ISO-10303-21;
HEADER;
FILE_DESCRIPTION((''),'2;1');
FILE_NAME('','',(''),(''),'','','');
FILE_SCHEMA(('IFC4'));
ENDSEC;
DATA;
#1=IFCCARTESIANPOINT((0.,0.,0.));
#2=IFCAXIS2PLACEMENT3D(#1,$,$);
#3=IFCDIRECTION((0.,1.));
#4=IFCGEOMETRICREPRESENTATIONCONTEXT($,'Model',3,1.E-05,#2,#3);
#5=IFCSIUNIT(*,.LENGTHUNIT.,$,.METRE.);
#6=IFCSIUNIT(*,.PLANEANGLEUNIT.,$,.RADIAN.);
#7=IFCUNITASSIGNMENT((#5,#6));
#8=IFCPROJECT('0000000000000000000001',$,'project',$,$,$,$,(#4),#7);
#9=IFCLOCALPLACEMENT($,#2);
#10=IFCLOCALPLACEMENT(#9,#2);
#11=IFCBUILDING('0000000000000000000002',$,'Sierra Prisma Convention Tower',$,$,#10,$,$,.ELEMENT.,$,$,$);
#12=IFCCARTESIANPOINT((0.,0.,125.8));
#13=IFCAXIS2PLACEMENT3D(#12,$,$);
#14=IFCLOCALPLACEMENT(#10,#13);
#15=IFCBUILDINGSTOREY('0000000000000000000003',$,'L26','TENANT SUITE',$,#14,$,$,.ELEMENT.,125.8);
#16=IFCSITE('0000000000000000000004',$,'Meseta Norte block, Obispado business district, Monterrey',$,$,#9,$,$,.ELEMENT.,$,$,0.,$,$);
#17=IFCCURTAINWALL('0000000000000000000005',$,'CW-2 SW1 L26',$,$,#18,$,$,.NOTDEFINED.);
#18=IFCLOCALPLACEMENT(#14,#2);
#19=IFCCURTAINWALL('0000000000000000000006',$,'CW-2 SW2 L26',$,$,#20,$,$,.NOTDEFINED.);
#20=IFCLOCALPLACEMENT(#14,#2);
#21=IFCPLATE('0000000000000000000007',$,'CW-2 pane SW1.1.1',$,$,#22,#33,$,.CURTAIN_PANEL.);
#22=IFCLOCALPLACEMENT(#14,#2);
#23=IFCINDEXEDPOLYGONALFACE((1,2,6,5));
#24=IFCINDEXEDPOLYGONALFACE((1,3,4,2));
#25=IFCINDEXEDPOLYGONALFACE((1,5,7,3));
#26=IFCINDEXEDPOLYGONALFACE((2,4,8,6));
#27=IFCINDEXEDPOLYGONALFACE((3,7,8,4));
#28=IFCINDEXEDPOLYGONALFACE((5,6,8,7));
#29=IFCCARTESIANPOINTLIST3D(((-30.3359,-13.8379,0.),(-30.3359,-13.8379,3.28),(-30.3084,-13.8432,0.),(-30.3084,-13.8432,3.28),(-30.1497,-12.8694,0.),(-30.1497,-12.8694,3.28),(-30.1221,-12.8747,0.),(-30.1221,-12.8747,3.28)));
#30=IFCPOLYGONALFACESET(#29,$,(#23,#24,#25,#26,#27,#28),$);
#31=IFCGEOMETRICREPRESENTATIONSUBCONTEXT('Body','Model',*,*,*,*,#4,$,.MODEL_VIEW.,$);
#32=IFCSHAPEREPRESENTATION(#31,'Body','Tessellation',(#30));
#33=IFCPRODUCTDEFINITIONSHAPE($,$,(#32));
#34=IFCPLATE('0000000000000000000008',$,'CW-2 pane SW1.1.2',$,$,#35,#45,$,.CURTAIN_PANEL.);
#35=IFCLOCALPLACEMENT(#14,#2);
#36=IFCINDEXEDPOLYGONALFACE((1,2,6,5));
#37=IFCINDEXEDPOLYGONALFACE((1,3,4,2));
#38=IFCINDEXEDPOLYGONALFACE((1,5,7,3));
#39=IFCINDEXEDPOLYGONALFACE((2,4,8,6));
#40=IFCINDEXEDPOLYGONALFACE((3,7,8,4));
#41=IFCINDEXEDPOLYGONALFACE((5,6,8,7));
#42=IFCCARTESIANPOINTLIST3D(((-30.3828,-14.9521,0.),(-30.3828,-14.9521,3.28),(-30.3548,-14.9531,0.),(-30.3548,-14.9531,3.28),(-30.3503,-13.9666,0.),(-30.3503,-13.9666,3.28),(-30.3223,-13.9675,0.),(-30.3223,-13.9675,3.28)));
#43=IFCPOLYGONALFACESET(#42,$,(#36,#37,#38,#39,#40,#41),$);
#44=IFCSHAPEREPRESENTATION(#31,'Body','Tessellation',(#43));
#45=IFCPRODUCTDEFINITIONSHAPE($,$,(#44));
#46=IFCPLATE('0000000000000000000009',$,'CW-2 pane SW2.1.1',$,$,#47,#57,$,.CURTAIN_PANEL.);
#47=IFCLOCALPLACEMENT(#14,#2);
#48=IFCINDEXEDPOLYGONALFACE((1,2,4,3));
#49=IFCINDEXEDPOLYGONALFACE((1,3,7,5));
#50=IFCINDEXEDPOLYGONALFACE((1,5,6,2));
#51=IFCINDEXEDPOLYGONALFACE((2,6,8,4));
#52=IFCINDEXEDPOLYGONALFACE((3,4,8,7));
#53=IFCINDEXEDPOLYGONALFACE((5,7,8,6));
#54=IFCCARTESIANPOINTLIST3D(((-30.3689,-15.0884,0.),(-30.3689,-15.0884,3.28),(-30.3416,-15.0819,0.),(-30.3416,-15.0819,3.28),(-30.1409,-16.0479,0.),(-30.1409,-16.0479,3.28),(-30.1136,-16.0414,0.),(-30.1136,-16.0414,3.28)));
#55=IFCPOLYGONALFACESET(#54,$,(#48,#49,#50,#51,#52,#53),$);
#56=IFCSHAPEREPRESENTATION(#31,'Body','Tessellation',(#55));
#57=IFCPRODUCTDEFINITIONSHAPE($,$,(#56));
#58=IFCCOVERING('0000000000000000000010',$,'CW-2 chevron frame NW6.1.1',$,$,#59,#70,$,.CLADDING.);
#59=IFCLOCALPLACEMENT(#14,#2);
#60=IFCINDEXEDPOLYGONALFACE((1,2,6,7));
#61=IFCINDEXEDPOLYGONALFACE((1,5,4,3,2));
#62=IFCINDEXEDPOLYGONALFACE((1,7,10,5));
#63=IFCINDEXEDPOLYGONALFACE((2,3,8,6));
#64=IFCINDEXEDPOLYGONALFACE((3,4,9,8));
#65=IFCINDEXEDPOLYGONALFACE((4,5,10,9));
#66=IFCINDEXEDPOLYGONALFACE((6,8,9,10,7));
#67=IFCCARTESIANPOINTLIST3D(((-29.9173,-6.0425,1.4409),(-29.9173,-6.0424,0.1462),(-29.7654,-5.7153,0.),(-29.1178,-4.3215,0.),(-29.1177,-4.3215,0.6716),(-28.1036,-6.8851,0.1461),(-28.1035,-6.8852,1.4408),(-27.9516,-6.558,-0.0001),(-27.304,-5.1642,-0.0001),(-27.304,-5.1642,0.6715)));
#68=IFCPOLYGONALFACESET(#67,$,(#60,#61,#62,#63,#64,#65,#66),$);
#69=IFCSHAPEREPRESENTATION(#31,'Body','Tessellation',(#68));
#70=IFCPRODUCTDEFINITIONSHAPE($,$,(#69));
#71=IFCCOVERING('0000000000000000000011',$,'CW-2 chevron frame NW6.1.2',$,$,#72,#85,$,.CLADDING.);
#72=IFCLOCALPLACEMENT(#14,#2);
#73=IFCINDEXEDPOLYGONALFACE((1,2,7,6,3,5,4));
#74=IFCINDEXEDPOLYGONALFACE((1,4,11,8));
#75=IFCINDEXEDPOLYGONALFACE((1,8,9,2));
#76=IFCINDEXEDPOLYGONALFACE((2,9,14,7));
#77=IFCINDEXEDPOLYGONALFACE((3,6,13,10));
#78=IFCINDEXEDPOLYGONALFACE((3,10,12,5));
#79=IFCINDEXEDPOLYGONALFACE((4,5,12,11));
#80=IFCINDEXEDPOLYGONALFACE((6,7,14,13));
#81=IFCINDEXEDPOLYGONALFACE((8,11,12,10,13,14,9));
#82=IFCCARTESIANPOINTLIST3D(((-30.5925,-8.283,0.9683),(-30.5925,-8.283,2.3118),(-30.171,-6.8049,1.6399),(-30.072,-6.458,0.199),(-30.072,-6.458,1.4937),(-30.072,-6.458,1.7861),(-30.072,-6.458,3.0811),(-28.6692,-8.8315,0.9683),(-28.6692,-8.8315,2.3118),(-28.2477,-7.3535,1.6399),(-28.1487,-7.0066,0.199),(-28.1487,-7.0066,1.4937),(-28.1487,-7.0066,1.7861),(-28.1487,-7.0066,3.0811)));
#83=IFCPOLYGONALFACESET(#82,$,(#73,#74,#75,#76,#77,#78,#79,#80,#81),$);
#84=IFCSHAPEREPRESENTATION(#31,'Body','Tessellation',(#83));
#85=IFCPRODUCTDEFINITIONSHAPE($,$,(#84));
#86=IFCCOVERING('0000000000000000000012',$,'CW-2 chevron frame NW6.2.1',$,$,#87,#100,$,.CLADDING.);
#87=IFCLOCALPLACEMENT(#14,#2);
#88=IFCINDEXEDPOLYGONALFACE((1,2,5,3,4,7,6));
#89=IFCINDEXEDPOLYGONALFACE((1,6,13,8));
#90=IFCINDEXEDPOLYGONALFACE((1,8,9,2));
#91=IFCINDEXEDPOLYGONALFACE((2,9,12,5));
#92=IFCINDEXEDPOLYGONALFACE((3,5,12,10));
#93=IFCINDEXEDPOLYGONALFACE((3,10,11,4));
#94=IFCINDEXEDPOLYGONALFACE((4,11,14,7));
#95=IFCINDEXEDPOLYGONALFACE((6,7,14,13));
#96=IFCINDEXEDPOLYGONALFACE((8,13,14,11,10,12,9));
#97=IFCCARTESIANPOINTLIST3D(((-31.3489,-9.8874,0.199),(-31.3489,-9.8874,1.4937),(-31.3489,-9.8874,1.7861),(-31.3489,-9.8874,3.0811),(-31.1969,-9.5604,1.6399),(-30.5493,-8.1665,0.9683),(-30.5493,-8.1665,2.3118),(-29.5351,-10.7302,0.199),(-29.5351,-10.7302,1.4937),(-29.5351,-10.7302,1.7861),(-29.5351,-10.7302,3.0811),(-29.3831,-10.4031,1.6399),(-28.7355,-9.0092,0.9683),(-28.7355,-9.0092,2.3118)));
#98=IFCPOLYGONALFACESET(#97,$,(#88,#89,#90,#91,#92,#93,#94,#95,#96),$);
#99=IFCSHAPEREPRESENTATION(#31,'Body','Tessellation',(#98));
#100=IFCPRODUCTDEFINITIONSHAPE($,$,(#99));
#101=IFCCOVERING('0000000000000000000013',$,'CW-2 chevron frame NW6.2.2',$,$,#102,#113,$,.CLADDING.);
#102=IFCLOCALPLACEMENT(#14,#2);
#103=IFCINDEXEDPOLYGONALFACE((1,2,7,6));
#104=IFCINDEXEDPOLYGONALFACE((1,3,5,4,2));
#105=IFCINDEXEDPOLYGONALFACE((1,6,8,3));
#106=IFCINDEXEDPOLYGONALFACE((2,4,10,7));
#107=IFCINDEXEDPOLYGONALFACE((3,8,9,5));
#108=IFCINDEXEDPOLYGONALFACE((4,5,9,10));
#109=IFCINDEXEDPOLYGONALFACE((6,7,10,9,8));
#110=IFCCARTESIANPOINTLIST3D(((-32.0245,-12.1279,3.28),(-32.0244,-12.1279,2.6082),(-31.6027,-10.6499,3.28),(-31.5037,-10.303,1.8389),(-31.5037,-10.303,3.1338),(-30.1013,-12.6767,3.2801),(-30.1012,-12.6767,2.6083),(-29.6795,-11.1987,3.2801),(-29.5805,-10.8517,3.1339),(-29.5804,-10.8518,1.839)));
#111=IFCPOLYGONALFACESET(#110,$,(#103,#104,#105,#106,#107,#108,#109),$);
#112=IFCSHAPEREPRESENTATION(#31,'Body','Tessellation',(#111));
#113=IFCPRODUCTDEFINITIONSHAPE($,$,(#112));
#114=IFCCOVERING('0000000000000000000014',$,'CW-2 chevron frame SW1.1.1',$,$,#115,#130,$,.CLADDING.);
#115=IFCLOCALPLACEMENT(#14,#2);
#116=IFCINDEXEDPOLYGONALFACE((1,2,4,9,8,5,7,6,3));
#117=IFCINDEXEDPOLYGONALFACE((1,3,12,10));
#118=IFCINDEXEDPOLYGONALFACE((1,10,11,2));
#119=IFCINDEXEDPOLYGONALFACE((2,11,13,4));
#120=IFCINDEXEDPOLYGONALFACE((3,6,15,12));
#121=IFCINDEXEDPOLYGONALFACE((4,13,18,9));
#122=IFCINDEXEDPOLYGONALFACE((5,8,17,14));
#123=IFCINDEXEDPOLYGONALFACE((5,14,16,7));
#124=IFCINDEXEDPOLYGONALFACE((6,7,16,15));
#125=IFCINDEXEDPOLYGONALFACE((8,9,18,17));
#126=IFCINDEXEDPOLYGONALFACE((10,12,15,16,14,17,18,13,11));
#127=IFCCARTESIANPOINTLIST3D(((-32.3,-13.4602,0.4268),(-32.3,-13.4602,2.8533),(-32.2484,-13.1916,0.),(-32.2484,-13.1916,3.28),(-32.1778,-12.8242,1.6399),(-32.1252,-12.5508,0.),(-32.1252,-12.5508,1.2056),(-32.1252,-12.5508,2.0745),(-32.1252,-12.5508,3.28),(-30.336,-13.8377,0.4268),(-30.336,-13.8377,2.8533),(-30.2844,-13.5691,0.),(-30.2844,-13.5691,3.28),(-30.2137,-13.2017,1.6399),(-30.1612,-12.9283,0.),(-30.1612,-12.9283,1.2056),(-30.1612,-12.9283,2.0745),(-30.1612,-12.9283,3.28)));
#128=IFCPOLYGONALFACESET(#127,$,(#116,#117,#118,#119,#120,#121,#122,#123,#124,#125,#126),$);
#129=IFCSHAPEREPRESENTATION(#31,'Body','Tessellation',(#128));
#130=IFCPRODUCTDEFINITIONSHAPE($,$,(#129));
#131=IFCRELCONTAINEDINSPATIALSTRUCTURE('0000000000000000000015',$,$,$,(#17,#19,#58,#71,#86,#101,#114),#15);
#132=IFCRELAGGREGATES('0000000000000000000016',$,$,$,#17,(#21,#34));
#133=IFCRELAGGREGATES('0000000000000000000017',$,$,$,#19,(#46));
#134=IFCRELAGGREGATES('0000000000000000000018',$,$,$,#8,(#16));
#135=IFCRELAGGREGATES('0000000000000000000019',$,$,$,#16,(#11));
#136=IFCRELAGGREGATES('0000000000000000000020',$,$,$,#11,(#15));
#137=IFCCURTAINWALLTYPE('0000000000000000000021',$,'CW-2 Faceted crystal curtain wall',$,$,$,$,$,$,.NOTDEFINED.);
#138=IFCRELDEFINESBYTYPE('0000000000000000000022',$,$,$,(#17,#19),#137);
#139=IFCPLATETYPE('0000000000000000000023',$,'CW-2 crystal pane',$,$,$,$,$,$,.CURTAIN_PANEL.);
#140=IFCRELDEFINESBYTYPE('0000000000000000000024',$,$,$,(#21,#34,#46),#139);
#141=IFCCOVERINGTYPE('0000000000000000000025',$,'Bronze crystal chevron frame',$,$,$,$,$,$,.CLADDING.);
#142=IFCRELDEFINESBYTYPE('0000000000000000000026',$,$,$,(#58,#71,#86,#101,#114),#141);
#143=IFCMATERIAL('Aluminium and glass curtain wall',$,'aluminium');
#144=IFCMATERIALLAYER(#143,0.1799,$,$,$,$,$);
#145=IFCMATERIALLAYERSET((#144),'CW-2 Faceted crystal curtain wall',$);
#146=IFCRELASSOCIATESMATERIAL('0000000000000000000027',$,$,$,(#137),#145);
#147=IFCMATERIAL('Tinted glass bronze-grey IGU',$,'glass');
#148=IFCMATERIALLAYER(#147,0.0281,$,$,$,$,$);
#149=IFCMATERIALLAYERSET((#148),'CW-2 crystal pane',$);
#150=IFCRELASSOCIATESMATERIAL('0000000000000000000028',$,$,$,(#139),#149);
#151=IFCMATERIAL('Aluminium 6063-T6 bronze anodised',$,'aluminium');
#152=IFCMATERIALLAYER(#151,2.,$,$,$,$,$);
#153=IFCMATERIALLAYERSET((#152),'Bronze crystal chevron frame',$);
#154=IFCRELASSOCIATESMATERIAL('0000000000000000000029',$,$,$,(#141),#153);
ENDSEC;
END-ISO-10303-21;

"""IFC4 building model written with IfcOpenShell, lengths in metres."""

from ifc_helpers import new_model, si_unit, direction, frame, origin, place, context, subcontext, project, spatial, polyline, outline, extrude, material, layer, layer_set, type_object, element, aggregate, save


model = new_model("IFC4")

# Units and contexts
model_context = context("Model", 3, precision=1e-05, world=origin(), true_north=direction((0.0, 1.0)))
body_context = subcontext(model_context, "Body", "Model", "MODEL_VIEW")
ifc_project = project(units=[si_unit("LENGTHUNIT", "METRE"), si_unit("PLANEANGLEUNIT", "RADIAN")], contexts=[model_context])

# Site, building, storey
site_placement = place(None, origin())
site = spatial("IfcSite", under=ifc_project, at=site_placement, Name="Meseta Norte block, Obispado business district, Monterrey", CompositionType="ELEMENT", RefElevation=0.0)
building_placement = place(site_placement, origin())
building = spatial("IfcBuilding", under=site, at=building_placement, Name="Sierra Prisma Convention Tower", CompositionType="ELEMENT")
storey_placement = place(building_placement, frame((0.0, 0.0, 125.8)))
storey = spatial("IfcBuildingStorey", under=building, at=storey_placement, Name="L26", Description="TENANT SUITE", CompositionType="ELEMENT", Elevation=125.8)

# Shared definitions
ifc_material_1 = material(Name="Aluminium and glass curtain wall", Category="aluminium")
ifc_layer_1 = layer(ifc_material_1, 0.1799)
ifc_layer_set_1 = layer_set([ifc_layer_1], Name="CW-2 Faceted crystal curtain wall")
curtain_wall_type = type_object("IfcCurtainWallType", Name="CW-2 Faceted crystal curtain wall", PredefinedType="NOTDEFINED", material=ifc_layer_set_1)

# Curtain wall
curtain_wall_1_placement = place(storey_placement, origin())
curtain_wall_1 = element("IfcCurtainWall", 1, at=curtain_wall_1_placement, inside=storey, type_object=curtain_wall_type, Name="CW-2 SW1 L26", PredefinedType="NOTDEFINED")

# Curtain wall
curtain_wall_2_placement = place(storey_placement, origin())
curtain_wall_2 = element("IfcCurtainWall", 2, at=curtain_wall_2_placement, inside=storey, type_object=curtain_wall_type, Name="CW-2 SW2 L26", PredefinedType="NOTDEFINED")

# Plates
ifc_material_2 = material(Name="Tinted glass bronze-grey IGU", Category="glass")
ifc_layer_2 = layer(ifc_material_2, 0.0281)
ifc_layer_set_2 = layer_set([ifc_layer_2], Name="CW-2 crystal pane")
plate_type = type_object("IfcPlateType", Name="CW-2 crystal pane", PredefinedType="CURTAIN_PANEL", material=ifc_layer_set_2)
plate_1_placement = place(storey_placement, frame((-30.1497, -12.8694, 0.0), z_axis=(-0.982001, 0.188875, 0.0), x_axis=(-0.188875, -0.982001, 0.0)))
plate_1 = element("IfcPlate", 3, at=plate_1_placement, type_object=plate_type, Name="CW-2 pane SW1.1.1", PredefinedType="CURTAIN_PANEL", context=body_context, shape_type="SweptSolid", body=[
    extrude(outline(polyline([(0.0, 0.0), (0.9863, 0.0), (0.9863, 3.28), (0.0, 3.28), (0.0, 0.0)])), origin(), (0.0, 0.0, -1.0), 0.0281),
])
plate_2_placement = place(storey_placement, frame((-30.3828, -14.9521, 0.0), z_axis=(-0.999458, 0.032927, 0.0), x_axis=(0.032927, 0.999458, 0.0)))
plate_2 = element("IfcPlate", 4, at=plate_2_placement, type_object=plate_type, Name="CW-2 pane SW1.1.2", PredefinedType="CURTAIN_PANEL", context=body_context, shape_type="SweptSolid", body=[
    extrude(outline(polyline([(0.0, 0.0), (0.9861, 0.0), (0.9861, -3.28), (0.0, -3.28), (0.0, 0.0)])), origin(), (0.0, 0.0, -1.0), 0.0281),
])
aggregate(curtain_wall_1, [plate_1, plate_2])
plate_3_placement = place(storey_placement, frame((-30.3689, -15.0884, 0.0), z_axis=(-0.972902, -0.231219, 0.0), x_axis=(0.231219, -0.972902, 0.0)))
plate_3 = element("IfcPlate", 5, at=plate_3_placement, type_object=plate_type, Name="CW-2 pane SW2.1.1", PredefinedType="CURTAIN_PANEL", context=body_context, shape_type="SweptSolid", body=[
    extrude(outline(polyline([(0.0, 0.0), (0.9862, 0.0), (0.9862, 3.28), (0.0, 3.28), (0.0, 0.0)])), origin(), (0.0, 0.0, -1.0), 0.0281),
])
aggregate(curtain_wall_2, [plate_3])

# Coverings
ifc_material_3 = material(Name="Aluminium 6063-T6 bronze anodised", Category="aluminium")
ifc_layer_3 = layer(ifc_material_3, 2.0)
ifc_layer_set_3 = layer_set([ifc_layer_3], Name="Bronze crystal chevron frame")
covering_type = type_object("IfcCoveringType", Name="Bronze crystal chevron frame", PredefinedType="CLADDING", material=ifc_layer_set_3)
covering_1_placement = place(storey_placement, frame((-29.7654, -5.7153, 0.0), z_axis=(-0.906896, 0.421354, 0.000061), x_axis=(-0.390456, -0.840449, 0.375751)))
element("IfcCovering", 6, at=covering_1_placement, inside=storey, type_object=covering_type, Name="CW-2 chevron frame NW6.1.1", PredefinedType="CLADDING", context=body_context, shape_type="SweptSolid", body=[
    extrude(outline(polyline([(0.0, 0.0), (0.3892, 0.0), (0.8757, 1.1998), (-1.172, 1.1999), (-1.4243, 0.5775), (0.0, 0.0)])), origin(), (0.0, 0.0, -1.0), 2.0),
])
covering_2_placement = place(storey_placement, frame((-30.072, -6.458, 1.4937), z_axis=(-0.961649, 0.274282, 0.0), x_axis=(0.0, 0.0, -1.0)))
element("IfcCovering", 7, at=covering_2_placement, inside=storey, type_object=covering_type, Name="CW-2 chevron frame NW6.1.2", PredefinedType="CLADDING", context=body_context, shape_type="SweptSolid", body=[
    extrude(outline(polyline([(0.0, 0.0), (1.2947, 0.0), (0.5254, 1.8977), (-0.8181, 1.8977), (-1.5874, 0.0), (-0.2925, 0.0), (-0.1462, 0.3607), (0.0, 0.0)])), origin(), (0.0, 0.0, -1.0), 2.0),
])
covering_3_placement = place(storey_placement, frame((-30.5493, -8.1665, 0.9683), z_axis=(-0.906896, 0.421354, 0.0), x_axis=(-0.390486, -0.840459, -0.375698)))
element("IfcCovering", 8, at=covering_3_placement, inside=storey, type_object=covering_type, Name="CW-2 chevron frame NW6.2.1", PredefinedType="CLADDING", context=body_context, shape_type="SweptSolid", body=[
    extrude(outline(polyline([(0.0, 0.0), (2.0476, 0.0), (1.5612, 1.1998), (1.172, 1.1999), (1.4513, 1.4709), (0.9648, 2.6709), (-0.5048, 1.2451), (0.0, 0.0)])), origin(), (0.0, 0.0, -1.0), 2.0),
])
covering_4_placement = place(storey_placement, frame((-31.5037, -10.303, 1.8389), z_axis=(-0.961617, 0.274394, -0.000058), x_axis=(-0.254317, -0.891177, 0.375668)))
element("IfcCovering", 9, at=covering_4_placement, inside=storey, type_object=covering_type, Name="CW-2 chevron frame NW6.2.2", PredefinedType="CLADDING", context=body_context, shape_type="SweptSolid", body=[
    extrude(outline(polyline([(0.0, 0.0), (2.0478, 0.0), (2.3002, 0.6227), (0.8758, 1.2001), (0.4865, 1.2001), (0.0, 0.0)])), origin(), (0.0, 0.0, -1.0), 2.0),
])
covering_5_placement = place(storey_placement, frame((-32.1252, -12.5508, 0.0), z_axis=(-0.982025, 0.188749, 0.0), x_axis=(-0.188749, -0.982025, 0.0)))
element("IfcCovering", 10, at=covering_5_placement, inside=storey, type_object=covering_type, Name="CW-2 chevron frame SW1.1.1", PredefinedType="CLADDING", context=body_context, shape_type="SweptSolid", body=[
    extrude(outline(polyline([(0.0, 0.0), (0.6526, 0.0), (0.9261, 0.4268), (0.9261, 2.8533), (0.6526, 3.28), (0.0, 3.28), (0.0, 2.0745), (0.2784, 1.6399), (0.0, 1.2056), (0.0, 0.0)])), origin(), (0.0, 0.0, -1.0), 2.0),
])

save(model, "model.ifc")
